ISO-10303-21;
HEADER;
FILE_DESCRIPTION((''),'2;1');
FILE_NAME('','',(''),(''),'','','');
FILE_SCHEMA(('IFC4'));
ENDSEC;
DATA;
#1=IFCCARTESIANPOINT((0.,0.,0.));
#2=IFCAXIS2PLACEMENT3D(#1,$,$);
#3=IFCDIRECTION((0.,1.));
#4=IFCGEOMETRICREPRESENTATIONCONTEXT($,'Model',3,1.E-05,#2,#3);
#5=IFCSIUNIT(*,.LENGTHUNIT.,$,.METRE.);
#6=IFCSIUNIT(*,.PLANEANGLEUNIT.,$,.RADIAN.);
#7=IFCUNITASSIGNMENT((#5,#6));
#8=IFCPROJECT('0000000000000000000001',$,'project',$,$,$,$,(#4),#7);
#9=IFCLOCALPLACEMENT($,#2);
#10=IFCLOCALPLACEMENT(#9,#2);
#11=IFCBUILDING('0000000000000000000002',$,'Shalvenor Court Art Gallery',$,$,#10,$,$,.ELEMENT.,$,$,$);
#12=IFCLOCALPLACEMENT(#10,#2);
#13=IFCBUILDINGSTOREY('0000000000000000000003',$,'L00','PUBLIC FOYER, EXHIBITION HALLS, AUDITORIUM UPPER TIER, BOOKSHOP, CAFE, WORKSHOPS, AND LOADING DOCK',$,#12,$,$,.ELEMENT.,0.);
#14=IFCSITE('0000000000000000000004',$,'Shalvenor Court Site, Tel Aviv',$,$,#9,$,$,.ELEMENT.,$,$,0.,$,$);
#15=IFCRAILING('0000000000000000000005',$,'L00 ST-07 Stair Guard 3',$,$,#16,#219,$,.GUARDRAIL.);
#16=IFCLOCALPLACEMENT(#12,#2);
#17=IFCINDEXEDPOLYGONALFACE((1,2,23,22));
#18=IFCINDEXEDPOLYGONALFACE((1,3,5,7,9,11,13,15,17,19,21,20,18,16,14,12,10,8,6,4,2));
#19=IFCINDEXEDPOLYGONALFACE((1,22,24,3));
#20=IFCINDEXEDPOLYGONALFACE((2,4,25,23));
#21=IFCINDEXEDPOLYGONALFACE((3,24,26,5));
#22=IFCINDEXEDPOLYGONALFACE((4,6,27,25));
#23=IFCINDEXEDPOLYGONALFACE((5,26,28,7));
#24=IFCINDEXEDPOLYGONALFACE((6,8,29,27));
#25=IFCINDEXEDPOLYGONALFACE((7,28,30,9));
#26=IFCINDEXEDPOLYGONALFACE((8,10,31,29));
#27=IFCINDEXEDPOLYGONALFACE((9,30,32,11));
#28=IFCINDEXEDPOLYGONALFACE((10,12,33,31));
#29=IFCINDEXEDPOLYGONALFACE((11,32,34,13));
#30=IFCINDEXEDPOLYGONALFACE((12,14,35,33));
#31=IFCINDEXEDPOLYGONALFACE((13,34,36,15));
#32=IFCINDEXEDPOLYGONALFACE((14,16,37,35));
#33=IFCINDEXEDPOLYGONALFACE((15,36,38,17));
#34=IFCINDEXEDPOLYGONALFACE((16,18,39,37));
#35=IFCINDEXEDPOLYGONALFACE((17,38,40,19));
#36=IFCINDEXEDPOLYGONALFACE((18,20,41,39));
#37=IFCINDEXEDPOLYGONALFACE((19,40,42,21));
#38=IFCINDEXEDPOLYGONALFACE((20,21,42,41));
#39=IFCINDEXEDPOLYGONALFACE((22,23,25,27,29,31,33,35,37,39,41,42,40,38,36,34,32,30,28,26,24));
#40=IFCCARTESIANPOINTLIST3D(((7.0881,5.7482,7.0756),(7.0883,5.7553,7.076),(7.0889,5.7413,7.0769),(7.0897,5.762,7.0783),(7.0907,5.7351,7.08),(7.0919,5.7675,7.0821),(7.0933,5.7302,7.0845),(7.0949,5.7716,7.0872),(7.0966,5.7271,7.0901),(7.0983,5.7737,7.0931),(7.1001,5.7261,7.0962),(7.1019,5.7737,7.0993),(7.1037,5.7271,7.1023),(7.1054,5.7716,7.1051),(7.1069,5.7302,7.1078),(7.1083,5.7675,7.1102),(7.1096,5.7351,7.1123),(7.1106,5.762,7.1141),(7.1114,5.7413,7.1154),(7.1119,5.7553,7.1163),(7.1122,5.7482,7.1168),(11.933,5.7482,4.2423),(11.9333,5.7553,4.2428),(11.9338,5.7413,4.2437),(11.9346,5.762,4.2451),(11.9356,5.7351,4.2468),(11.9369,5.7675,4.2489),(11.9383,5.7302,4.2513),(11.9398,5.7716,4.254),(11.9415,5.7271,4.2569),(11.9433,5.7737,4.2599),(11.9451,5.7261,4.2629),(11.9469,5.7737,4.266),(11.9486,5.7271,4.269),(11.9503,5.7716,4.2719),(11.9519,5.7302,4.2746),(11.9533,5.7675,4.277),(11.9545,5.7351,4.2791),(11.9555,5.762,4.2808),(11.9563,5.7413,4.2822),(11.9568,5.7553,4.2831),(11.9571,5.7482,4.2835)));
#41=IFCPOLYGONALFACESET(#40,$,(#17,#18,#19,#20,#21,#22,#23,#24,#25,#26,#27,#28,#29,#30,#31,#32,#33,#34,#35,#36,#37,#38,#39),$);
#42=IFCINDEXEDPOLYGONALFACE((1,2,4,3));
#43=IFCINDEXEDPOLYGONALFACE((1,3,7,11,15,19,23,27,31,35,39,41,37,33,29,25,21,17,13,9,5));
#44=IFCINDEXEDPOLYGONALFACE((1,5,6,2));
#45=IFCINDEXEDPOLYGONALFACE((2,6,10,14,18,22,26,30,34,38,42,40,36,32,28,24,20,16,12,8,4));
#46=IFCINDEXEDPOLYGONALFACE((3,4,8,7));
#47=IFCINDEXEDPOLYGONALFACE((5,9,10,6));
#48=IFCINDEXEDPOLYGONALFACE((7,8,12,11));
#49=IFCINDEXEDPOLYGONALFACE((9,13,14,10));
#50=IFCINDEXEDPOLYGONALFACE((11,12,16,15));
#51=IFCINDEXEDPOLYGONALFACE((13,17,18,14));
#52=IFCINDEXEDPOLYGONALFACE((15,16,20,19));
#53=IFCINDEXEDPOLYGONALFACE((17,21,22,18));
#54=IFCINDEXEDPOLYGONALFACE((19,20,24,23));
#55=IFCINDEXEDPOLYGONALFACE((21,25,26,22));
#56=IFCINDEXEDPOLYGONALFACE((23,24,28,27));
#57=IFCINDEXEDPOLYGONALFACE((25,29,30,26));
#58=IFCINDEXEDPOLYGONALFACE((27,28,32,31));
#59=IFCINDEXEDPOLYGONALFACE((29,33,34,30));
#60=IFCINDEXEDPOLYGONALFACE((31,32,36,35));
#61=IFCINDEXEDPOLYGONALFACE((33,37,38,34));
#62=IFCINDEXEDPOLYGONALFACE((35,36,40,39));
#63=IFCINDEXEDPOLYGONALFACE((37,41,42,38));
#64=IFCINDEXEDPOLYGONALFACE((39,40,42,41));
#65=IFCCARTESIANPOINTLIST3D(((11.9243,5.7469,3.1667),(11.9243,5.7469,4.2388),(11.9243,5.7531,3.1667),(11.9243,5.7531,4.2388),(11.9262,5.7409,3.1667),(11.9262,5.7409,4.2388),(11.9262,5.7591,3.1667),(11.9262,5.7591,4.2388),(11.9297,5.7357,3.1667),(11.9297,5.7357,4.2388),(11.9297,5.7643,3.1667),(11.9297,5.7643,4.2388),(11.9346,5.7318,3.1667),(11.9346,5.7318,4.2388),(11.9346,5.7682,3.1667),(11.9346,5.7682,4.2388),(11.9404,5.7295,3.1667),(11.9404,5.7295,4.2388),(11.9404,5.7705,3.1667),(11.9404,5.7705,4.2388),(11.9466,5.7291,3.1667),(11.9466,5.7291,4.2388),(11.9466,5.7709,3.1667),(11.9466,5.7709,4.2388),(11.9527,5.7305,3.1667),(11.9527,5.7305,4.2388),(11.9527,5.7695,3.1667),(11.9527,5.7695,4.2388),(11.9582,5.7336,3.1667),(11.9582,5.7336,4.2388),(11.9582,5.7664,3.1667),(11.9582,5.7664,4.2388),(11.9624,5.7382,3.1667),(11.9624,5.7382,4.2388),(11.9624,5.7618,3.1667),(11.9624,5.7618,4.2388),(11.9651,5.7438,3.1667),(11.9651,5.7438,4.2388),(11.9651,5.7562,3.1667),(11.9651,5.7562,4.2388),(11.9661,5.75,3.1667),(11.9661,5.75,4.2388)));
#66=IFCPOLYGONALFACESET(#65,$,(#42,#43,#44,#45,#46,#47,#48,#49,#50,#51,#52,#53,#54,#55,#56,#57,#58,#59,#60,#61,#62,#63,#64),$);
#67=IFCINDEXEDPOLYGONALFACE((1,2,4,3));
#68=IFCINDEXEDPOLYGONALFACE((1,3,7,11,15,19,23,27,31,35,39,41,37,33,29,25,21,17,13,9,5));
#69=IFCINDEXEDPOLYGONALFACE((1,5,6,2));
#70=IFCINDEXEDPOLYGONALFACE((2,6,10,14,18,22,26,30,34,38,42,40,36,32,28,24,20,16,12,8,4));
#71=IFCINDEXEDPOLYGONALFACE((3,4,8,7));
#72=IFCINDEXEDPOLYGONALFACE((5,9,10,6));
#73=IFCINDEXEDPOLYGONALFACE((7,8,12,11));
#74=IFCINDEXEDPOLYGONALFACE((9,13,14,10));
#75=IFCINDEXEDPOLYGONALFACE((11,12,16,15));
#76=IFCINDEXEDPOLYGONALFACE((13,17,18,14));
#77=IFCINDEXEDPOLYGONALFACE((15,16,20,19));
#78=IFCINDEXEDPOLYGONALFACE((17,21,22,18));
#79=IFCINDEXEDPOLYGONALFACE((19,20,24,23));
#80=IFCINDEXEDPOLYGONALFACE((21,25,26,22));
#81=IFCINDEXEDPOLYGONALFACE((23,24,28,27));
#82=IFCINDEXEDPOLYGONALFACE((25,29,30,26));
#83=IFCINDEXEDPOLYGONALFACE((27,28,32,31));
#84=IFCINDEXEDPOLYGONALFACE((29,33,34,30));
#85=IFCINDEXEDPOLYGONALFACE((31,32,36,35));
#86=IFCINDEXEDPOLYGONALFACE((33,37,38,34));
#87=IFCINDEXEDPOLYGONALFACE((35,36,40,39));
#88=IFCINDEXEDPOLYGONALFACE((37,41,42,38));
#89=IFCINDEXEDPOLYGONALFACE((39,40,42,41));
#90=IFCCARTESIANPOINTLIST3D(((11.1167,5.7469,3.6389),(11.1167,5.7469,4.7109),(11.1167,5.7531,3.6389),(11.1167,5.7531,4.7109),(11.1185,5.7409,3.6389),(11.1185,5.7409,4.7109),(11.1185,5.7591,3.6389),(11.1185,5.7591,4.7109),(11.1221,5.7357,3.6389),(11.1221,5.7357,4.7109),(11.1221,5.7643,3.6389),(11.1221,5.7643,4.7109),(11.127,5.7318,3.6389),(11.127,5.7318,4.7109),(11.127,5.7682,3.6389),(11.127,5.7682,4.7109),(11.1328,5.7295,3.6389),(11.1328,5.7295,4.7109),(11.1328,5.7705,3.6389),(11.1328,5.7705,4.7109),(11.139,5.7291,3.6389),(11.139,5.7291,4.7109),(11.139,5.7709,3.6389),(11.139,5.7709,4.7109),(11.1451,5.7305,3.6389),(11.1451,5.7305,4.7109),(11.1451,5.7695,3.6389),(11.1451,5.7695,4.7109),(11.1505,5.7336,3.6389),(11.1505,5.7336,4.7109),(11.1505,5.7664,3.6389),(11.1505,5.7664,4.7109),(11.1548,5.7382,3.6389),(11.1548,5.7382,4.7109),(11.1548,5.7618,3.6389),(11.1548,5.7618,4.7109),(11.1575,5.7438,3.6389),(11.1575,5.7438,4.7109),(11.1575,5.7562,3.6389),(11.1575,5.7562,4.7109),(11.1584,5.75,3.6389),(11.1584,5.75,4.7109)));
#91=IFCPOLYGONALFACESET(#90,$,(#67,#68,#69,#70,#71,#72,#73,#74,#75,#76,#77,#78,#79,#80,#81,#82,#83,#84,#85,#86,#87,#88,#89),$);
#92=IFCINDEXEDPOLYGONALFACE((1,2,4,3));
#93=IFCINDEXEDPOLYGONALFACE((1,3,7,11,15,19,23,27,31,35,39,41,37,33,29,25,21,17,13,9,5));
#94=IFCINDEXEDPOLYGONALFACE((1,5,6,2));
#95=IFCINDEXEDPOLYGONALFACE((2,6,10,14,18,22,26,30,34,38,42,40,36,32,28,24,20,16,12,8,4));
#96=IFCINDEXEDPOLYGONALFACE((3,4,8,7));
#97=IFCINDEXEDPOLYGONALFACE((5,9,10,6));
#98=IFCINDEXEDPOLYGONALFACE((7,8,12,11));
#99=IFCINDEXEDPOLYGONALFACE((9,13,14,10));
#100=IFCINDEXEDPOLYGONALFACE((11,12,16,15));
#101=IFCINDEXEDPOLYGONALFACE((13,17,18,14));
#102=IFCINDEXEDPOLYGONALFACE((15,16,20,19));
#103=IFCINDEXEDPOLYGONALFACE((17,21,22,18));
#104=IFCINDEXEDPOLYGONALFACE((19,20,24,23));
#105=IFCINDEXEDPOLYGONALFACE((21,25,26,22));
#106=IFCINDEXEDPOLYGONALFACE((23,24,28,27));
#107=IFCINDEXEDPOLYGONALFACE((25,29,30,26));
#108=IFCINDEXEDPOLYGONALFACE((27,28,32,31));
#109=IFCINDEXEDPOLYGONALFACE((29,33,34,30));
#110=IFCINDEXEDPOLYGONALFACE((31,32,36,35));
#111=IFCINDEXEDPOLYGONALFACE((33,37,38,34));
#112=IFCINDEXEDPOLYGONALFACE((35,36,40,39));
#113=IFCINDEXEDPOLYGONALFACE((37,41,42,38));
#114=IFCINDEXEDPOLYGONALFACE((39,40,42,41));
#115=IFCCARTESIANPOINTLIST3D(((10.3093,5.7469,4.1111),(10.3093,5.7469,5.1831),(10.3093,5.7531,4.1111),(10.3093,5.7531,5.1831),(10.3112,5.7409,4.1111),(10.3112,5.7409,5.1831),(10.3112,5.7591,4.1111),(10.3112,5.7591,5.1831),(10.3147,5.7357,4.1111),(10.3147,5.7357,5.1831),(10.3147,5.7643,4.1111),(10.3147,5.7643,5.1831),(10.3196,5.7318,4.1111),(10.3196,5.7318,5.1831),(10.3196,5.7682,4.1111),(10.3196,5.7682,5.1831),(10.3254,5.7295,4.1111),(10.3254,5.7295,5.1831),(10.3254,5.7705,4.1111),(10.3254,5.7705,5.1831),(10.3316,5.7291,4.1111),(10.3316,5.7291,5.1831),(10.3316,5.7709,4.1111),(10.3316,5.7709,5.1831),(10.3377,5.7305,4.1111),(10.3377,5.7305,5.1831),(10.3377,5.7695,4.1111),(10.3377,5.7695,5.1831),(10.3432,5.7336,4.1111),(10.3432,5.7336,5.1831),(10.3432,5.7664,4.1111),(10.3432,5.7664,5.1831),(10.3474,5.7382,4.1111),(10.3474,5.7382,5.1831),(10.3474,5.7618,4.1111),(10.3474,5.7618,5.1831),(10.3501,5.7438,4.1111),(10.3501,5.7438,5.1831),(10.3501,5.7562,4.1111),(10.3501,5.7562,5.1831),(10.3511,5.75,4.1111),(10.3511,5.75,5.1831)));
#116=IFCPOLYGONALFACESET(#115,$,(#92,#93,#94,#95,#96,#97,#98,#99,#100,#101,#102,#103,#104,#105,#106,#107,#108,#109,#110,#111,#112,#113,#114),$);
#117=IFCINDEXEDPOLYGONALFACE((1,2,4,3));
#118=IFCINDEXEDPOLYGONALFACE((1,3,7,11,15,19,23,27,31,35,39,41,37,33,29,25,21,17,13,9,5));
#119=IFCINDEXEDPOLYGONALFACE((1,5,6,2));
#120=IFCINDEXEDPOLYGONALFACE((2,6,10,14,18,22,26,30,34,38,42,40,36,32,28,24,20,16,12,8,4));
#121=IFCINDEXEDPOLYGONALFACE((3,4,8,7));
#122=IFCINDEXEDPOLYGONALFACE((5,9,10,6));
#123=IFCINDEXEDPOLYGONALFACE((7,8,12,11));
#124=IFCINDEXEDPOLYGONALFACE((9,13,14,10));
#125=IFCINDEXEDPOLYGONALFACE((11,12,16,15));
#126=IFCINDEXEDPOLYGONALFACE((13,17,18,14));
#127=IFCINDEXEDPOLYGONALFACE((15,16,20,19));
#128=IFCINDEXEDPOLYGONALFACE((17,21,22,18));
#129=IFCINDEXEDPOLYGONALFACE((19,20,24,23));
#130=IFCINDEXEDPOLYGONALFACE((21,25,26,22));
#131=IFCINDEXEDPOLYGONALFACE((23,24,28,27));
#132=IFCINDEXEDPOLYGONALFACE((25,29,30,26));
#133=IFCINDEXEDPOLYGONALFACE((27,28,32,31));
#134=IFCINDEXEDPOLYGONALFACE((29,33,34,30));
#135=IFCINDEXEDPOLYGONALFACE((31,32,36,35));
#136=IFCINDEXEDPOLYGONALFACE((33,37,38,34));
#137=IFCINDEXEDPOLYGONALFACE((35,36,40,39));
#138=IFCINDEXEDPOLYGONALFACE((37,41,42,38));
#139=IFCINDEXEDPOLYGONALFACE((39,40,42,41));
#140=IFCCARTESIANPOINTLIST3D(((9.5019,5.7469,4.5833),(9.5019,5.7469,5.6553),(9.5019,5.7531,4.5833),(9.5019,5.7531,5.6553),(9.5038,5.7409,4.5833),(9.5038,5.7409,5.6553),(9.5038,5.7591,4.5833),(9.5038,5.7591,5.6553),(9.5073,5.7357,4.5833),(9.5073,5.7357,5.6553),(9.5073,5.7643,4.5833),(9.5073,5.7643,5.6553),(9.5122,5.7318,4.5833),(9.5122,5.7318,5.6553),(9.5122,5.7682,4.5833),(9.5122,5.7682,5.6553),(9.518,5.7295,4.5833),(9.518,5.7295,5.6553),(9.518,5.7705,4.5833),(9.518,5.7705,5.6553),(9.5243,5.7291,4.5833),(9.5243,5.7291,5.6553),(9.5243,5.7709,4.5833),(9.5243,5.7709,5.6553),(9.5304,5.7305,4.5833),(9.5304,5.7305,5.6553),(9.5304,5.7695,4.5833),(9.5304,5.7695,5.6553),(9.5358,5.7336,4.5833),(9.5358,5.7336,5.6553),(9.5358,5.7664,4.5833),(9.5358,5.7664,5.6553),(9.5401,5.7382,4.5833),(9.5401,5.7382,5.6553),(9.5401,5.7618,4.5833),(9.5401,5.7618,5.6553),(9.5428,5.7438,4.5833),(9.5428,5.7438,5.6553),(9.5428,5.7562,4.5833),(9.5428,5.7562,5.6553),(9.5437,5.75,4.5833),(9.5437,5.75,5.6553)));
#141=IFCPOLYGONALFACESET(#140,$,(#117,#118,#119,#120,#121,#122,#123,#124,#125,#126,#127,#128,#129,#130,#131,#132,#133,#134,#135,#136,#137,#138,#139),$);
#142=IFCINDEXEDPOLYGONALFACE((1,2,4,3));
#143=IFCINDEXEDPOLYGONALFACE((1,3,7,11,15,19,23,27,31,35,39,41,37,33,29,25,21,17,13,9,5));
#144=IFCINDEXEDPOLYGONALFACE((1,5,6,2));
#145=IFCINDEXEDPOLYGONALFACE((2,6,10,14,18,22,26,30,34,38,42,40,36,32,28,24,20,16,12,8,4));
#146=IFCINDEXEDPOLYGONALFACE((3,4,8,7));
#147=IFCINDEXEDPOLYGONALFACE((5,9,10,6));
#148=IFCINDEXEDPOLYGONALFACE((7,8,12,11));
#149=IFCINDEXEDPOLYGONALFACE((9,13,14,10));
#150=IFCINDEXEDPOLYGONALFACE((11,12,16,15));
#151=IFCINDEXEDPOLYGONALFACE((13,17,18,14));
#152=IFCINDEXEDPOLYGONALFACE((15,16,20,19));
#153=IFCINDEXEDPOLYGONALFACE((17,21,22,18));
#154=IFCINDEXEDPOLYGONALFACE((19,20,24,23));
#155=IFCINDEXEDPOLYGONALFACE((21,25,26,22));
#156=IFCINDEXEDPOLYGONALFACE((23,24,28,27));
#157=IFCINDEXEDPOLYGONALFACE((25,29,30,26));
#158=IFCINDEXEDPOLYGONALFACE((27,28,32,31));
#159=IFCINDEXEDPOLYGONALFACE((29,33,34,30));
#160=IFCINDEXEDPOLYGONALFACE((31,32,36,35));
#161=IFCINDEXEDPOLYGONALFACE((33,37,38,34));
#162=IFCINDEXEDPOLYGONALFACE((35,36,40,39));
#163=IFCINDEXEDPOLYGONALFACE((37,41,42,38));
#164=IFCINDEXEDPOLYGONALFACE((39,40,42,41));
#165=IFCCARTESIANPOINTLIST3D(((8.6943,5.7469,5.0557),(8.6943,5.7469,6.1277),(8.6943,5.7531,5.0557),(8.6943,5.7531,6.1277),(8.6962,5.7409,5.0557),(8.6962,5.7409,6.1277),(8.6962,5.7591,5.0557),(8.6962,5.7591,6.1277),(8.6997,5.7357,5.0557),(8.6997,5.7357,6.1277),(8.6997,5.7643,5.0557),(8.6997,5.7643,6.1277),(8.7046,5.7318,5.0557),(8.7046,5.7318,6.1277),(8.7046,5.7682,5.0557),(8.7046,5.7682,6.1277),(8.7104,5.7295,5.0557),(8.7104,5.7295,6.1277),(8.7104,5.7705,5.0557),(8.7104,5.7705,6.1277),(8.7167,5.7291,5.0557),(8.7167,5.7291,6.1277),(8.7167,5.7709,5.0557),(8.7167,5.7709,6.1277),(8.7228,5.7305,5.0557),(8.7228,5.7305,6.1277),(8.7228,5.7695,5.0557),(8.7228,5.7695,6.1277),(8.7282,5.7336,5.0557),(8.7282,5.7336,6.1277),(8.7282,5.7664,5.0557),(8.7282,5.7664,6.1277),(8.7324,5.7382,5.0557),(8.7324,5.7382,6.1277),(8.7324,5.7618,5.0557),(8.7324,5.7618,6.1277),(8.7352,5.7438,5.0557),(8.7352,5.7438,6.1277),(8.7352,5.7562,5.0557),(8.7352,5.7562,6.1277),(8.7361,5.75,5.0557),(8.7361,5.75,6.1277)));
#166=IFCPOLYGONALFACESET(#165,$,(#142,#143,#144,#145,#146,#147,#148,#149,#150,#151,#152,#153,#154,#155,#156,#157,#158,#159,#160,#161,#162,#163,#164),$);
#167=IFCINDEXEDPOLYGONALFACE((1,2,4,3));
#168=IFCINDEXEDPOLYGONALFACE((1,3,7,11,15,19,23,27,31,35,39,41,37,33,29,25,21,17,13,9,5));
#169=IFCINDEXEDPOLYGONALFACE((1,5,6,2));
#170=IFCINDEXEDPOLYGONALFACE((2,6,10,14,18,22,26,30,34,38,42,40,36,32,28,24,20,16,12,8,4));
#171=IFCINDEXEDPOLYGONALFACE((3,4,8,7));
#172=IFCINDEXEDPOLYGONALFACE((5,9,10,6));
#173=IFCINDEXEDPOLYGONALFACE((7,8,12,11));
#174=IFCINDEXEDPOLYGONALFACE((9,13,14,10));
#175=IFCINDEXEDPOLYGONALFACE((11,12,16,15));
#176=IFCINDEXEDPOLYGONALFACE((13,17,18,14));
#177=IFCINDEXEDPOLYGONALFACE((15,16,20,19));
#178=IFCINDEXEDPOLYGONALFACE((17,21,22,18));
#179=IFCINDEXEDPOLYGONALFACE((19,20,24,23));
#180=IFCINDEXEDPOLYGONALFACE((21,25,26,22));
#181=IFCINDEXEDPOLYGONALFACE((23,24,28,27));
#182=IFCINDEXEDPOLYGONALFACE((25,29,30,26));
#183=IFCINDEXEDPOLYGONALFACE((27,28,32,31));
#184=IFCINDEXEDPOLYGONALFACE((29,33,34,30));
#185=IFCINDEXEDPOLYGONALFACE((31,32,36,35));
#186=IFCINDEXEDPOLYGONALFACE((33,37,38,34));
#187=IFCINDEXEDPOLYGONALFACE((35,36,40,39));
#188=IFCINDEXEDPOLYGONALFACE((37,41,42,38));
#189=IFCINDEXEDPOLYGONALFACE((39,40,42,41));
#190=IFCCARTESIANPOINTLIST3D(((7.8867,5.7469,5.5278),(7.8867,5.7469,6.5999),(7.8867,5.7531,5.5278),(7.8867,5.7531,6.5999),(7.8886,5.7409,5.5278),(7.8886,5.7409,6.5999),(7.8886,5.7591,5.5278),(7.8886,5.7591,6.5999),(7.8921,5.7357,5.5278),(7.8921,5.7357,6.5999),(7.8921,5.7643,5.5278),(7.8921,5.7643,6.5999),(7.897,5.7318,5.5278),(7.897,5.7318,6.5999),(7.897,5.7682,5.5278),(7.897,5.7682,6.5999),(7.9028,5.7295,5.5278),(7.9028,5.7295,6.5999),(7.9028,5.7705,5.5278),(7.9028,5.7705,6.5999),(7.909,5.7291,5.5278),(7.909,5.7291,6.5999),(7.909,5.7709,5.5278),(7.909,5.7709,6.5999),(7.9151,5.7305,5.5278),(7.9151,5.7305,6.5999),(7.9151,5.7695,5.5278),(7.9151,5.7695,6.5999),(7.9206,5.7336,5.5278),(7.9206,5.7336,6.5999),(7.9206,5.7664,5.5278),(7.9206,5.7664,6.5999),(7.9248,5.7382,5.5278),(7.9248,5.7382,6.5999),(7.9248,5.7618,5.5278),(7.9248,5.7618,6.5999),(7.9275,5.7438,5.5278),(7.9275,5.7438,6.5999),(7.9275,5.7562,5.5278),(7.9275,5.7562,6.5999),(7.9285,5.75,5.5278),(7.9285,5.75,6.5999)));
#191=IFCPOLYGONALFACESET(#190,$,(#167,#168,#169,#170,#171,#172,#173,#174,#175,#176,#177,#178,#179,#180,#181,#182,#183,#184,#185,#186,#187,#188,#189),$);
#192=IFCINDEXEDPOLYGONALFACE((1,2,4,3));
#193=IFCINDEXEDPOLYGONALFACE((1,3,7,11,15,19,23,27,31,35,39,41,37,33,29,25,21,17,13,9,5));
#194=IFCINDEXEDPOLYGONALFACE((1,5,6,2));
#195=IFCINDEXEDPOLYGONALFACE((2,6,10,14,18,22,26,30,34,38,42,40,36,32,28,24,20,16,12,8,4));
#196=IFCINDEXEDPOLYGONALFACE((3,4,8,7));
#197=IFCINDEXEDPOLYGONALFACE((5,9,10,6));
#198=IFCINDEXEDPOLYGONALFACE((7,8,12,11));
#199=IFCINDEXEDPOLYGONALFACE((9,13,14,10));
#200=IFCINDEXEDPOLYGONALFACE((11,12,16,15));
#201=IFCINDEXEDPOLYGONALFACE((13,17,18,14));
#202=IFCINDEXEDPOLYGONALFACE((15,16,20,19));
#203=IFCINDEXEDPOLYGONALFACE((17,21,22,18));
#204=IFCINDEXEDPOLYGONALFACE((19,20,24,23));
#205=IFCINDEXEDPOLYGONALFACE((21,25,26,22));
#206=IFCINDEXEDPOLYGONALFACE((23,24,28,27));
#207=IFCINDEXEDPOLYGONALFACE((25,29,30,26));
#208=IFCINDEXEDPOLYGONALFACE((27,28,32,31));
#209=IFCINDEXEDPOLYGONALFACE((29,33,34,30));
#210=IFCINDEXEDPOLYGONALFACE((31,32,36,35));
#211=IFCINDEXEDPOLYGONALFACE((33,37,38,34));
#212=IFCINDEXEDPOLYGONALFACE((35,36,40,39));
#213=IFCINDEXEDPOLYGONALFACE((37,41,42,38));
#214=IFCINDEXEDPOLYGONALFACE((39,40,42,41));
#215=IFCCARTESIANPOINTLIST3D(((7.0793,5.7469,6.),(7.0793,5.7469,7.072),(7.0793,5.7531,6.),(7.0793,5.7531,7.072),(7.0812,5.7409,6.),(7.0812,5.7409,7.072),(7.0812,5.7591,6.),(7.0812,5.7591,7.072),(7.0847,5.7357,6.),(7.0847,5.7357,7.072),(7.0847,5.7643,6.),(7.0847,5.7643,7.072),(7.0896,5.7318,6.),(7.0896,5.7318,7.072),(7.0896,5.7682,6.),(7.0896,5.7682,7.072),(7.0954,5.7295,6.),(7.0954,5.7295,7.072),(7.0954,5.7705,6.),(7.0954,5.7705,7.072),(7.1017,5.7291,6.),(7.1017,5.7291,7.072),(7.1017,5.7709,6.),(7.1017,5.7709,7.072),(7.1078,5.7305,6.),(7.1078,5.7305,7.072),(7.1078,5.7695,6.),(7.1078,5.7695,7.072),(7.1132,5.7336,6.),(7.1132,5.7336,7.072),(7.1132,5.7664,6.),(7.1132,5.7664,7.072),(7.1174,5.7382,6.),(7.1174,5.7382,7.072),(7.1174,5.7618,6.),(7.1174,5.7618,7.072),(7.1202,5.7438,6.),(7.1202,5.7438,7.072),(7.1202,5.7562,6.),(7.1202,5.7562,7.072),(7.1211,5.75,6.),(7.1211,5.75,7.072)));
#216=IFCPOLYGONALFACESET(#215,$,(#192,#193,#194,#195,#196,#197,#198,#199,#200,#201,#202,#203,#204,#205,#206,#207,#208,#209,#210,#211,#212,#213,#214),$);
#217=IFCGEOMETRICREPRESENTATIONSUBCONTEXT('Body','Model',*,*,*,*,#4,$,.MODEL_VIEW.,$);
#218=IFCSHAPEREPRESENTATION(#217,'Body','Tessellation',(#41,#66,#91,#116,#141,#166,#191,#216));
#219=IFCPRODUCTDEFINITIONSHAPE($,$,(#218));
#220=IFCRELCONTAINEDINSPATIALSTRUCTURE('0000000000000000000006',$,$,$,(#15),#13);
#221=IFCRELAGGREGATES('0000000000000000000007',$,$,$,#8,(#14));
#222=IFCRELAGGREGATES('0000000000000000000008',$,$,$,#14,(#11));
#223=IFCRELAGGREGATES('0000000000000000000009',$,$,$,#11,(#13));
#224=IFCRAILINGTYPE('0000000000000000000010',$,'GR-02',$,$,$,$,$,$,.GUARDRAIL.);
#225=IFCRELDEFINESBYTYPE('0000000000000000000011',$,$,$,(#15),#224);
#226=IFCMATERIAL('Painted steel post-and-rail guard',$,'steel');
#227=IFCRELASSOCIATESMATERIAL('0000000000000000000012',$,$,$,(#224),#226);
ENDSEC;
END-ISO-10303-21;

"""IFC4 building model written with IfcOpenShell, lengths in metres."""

from ifc_helpers import new_model, si_unit, direction, frame, origin, origin_2d, place, context, subcontext, project, spatial, circle, extrude, material, type_object, element, save


model = new_model("IFC4")

# Units and contexts
model_context = context("Model", 3, precision=1e-05, world=origin(), true_north=direction((0.0, 1.0)))
body_context = subcontext(model_context, "Body", "Model", "MODEL_VIEW")
ifc_project = project(units=[si_unit("LENGTHUNIT", "METRE"), si_unit("PLANEANGLEUNIT", "RADIAN")], contexts=[model_context])

# Site, building, storey
site_placement = place(None, origin())
site = spatial("IfcSite", under=ifc_project, at=site_placement, Name="Shalvenor Court Site, Tel Aviv", CompositionType="ELEMENT", RefElevation=0.0)
building_placement = place(site_placement, origin())
building = spatial("IfcBuilding", under=site, at=building_placement, Name="Shalvenor Court Art Gallery", CompositionType="ELEMENT")
storey_placement = place(building_placement, origin())
storey = spatial("IfcBuildingStorey", under=building, at=storey_placement, Name="L00", Description="PUBLIC FOYER, EXHIBITION HALLS, AUDITORIUM UPPER TIER, BOOKSHOP, CAFE, WORKSHOPS, AND LOADING DOCK", CompositionType="ELEMENT", Elevation=0.0)

# Railing
ifc_material_1 = material(Name="Painted steel post-and-rail guard", Category="steel")
railing_type = type_object("IfcRailingType", Name="GR-02", PredefinedType="GUARDRAIL", material=ifc_material_1)
railing_1_placement = place(storey_placement, frame((11.9451, 5.75, 3.1667)))
element("IfcRailing", 1, at=railing_1_placement, inside=storey, type_object=railing_type, Name="L00 ST-07 Stair Guard 3", PredefinedType="GUARDRAIL", context=body_context, shape_type="SweptSolid", body=[
    extrude(circle(Radius=0.0239, at=origin_2d()), frame((0.0, 0.0, 1.0962), z_axis=(-0.863234, 0.0, 0.504804), x_axis=(0.0, -1.0, 0.0)), (0.0, 0.0, 1.0), 5.6125),
    extrude(circle(Radius=0.021, at=origin_2d()), origin(), (0.0, 0.0, 1.0), 1.072),
    extrude(circle(Radius=0.021, at=origin_2d()), frame((-0.8076, 0.0, 0.4722)), (0.0, 0.0, 1.0), 1.072),
    extrude(circle(Radius=0.021, at=origin_2d()), frame((-1.615, 0.0, 0.9443)), (0.0, 0.0, 1.0), 1.072),
    extrude(circle(Radius=0.021, at=origin_2d()), frame((-2.4224, 0.0, 1.4165)), (0.0, 0.0, 1.0), 1.072),
    extrude(circle(Radius=0.021, at=origin_2d()), frame((-3.23, 0.0, 1.8889)), (0.0, 0.0, 1.0), 1.072),
    extrude(circle(Radius=0.021, at=origin_2d()), frame((-4.0376, 0.0, 2.3611)), (0.0, 0.0, 1.0), 1.072),
    extrude(circle(Radius=0.021, at=origin_2d()), frame((-4.845, 0.0, 2.8333)), (0.0, 0.0, 1.0), 1.072),
])

save(model, "model.ifc")
